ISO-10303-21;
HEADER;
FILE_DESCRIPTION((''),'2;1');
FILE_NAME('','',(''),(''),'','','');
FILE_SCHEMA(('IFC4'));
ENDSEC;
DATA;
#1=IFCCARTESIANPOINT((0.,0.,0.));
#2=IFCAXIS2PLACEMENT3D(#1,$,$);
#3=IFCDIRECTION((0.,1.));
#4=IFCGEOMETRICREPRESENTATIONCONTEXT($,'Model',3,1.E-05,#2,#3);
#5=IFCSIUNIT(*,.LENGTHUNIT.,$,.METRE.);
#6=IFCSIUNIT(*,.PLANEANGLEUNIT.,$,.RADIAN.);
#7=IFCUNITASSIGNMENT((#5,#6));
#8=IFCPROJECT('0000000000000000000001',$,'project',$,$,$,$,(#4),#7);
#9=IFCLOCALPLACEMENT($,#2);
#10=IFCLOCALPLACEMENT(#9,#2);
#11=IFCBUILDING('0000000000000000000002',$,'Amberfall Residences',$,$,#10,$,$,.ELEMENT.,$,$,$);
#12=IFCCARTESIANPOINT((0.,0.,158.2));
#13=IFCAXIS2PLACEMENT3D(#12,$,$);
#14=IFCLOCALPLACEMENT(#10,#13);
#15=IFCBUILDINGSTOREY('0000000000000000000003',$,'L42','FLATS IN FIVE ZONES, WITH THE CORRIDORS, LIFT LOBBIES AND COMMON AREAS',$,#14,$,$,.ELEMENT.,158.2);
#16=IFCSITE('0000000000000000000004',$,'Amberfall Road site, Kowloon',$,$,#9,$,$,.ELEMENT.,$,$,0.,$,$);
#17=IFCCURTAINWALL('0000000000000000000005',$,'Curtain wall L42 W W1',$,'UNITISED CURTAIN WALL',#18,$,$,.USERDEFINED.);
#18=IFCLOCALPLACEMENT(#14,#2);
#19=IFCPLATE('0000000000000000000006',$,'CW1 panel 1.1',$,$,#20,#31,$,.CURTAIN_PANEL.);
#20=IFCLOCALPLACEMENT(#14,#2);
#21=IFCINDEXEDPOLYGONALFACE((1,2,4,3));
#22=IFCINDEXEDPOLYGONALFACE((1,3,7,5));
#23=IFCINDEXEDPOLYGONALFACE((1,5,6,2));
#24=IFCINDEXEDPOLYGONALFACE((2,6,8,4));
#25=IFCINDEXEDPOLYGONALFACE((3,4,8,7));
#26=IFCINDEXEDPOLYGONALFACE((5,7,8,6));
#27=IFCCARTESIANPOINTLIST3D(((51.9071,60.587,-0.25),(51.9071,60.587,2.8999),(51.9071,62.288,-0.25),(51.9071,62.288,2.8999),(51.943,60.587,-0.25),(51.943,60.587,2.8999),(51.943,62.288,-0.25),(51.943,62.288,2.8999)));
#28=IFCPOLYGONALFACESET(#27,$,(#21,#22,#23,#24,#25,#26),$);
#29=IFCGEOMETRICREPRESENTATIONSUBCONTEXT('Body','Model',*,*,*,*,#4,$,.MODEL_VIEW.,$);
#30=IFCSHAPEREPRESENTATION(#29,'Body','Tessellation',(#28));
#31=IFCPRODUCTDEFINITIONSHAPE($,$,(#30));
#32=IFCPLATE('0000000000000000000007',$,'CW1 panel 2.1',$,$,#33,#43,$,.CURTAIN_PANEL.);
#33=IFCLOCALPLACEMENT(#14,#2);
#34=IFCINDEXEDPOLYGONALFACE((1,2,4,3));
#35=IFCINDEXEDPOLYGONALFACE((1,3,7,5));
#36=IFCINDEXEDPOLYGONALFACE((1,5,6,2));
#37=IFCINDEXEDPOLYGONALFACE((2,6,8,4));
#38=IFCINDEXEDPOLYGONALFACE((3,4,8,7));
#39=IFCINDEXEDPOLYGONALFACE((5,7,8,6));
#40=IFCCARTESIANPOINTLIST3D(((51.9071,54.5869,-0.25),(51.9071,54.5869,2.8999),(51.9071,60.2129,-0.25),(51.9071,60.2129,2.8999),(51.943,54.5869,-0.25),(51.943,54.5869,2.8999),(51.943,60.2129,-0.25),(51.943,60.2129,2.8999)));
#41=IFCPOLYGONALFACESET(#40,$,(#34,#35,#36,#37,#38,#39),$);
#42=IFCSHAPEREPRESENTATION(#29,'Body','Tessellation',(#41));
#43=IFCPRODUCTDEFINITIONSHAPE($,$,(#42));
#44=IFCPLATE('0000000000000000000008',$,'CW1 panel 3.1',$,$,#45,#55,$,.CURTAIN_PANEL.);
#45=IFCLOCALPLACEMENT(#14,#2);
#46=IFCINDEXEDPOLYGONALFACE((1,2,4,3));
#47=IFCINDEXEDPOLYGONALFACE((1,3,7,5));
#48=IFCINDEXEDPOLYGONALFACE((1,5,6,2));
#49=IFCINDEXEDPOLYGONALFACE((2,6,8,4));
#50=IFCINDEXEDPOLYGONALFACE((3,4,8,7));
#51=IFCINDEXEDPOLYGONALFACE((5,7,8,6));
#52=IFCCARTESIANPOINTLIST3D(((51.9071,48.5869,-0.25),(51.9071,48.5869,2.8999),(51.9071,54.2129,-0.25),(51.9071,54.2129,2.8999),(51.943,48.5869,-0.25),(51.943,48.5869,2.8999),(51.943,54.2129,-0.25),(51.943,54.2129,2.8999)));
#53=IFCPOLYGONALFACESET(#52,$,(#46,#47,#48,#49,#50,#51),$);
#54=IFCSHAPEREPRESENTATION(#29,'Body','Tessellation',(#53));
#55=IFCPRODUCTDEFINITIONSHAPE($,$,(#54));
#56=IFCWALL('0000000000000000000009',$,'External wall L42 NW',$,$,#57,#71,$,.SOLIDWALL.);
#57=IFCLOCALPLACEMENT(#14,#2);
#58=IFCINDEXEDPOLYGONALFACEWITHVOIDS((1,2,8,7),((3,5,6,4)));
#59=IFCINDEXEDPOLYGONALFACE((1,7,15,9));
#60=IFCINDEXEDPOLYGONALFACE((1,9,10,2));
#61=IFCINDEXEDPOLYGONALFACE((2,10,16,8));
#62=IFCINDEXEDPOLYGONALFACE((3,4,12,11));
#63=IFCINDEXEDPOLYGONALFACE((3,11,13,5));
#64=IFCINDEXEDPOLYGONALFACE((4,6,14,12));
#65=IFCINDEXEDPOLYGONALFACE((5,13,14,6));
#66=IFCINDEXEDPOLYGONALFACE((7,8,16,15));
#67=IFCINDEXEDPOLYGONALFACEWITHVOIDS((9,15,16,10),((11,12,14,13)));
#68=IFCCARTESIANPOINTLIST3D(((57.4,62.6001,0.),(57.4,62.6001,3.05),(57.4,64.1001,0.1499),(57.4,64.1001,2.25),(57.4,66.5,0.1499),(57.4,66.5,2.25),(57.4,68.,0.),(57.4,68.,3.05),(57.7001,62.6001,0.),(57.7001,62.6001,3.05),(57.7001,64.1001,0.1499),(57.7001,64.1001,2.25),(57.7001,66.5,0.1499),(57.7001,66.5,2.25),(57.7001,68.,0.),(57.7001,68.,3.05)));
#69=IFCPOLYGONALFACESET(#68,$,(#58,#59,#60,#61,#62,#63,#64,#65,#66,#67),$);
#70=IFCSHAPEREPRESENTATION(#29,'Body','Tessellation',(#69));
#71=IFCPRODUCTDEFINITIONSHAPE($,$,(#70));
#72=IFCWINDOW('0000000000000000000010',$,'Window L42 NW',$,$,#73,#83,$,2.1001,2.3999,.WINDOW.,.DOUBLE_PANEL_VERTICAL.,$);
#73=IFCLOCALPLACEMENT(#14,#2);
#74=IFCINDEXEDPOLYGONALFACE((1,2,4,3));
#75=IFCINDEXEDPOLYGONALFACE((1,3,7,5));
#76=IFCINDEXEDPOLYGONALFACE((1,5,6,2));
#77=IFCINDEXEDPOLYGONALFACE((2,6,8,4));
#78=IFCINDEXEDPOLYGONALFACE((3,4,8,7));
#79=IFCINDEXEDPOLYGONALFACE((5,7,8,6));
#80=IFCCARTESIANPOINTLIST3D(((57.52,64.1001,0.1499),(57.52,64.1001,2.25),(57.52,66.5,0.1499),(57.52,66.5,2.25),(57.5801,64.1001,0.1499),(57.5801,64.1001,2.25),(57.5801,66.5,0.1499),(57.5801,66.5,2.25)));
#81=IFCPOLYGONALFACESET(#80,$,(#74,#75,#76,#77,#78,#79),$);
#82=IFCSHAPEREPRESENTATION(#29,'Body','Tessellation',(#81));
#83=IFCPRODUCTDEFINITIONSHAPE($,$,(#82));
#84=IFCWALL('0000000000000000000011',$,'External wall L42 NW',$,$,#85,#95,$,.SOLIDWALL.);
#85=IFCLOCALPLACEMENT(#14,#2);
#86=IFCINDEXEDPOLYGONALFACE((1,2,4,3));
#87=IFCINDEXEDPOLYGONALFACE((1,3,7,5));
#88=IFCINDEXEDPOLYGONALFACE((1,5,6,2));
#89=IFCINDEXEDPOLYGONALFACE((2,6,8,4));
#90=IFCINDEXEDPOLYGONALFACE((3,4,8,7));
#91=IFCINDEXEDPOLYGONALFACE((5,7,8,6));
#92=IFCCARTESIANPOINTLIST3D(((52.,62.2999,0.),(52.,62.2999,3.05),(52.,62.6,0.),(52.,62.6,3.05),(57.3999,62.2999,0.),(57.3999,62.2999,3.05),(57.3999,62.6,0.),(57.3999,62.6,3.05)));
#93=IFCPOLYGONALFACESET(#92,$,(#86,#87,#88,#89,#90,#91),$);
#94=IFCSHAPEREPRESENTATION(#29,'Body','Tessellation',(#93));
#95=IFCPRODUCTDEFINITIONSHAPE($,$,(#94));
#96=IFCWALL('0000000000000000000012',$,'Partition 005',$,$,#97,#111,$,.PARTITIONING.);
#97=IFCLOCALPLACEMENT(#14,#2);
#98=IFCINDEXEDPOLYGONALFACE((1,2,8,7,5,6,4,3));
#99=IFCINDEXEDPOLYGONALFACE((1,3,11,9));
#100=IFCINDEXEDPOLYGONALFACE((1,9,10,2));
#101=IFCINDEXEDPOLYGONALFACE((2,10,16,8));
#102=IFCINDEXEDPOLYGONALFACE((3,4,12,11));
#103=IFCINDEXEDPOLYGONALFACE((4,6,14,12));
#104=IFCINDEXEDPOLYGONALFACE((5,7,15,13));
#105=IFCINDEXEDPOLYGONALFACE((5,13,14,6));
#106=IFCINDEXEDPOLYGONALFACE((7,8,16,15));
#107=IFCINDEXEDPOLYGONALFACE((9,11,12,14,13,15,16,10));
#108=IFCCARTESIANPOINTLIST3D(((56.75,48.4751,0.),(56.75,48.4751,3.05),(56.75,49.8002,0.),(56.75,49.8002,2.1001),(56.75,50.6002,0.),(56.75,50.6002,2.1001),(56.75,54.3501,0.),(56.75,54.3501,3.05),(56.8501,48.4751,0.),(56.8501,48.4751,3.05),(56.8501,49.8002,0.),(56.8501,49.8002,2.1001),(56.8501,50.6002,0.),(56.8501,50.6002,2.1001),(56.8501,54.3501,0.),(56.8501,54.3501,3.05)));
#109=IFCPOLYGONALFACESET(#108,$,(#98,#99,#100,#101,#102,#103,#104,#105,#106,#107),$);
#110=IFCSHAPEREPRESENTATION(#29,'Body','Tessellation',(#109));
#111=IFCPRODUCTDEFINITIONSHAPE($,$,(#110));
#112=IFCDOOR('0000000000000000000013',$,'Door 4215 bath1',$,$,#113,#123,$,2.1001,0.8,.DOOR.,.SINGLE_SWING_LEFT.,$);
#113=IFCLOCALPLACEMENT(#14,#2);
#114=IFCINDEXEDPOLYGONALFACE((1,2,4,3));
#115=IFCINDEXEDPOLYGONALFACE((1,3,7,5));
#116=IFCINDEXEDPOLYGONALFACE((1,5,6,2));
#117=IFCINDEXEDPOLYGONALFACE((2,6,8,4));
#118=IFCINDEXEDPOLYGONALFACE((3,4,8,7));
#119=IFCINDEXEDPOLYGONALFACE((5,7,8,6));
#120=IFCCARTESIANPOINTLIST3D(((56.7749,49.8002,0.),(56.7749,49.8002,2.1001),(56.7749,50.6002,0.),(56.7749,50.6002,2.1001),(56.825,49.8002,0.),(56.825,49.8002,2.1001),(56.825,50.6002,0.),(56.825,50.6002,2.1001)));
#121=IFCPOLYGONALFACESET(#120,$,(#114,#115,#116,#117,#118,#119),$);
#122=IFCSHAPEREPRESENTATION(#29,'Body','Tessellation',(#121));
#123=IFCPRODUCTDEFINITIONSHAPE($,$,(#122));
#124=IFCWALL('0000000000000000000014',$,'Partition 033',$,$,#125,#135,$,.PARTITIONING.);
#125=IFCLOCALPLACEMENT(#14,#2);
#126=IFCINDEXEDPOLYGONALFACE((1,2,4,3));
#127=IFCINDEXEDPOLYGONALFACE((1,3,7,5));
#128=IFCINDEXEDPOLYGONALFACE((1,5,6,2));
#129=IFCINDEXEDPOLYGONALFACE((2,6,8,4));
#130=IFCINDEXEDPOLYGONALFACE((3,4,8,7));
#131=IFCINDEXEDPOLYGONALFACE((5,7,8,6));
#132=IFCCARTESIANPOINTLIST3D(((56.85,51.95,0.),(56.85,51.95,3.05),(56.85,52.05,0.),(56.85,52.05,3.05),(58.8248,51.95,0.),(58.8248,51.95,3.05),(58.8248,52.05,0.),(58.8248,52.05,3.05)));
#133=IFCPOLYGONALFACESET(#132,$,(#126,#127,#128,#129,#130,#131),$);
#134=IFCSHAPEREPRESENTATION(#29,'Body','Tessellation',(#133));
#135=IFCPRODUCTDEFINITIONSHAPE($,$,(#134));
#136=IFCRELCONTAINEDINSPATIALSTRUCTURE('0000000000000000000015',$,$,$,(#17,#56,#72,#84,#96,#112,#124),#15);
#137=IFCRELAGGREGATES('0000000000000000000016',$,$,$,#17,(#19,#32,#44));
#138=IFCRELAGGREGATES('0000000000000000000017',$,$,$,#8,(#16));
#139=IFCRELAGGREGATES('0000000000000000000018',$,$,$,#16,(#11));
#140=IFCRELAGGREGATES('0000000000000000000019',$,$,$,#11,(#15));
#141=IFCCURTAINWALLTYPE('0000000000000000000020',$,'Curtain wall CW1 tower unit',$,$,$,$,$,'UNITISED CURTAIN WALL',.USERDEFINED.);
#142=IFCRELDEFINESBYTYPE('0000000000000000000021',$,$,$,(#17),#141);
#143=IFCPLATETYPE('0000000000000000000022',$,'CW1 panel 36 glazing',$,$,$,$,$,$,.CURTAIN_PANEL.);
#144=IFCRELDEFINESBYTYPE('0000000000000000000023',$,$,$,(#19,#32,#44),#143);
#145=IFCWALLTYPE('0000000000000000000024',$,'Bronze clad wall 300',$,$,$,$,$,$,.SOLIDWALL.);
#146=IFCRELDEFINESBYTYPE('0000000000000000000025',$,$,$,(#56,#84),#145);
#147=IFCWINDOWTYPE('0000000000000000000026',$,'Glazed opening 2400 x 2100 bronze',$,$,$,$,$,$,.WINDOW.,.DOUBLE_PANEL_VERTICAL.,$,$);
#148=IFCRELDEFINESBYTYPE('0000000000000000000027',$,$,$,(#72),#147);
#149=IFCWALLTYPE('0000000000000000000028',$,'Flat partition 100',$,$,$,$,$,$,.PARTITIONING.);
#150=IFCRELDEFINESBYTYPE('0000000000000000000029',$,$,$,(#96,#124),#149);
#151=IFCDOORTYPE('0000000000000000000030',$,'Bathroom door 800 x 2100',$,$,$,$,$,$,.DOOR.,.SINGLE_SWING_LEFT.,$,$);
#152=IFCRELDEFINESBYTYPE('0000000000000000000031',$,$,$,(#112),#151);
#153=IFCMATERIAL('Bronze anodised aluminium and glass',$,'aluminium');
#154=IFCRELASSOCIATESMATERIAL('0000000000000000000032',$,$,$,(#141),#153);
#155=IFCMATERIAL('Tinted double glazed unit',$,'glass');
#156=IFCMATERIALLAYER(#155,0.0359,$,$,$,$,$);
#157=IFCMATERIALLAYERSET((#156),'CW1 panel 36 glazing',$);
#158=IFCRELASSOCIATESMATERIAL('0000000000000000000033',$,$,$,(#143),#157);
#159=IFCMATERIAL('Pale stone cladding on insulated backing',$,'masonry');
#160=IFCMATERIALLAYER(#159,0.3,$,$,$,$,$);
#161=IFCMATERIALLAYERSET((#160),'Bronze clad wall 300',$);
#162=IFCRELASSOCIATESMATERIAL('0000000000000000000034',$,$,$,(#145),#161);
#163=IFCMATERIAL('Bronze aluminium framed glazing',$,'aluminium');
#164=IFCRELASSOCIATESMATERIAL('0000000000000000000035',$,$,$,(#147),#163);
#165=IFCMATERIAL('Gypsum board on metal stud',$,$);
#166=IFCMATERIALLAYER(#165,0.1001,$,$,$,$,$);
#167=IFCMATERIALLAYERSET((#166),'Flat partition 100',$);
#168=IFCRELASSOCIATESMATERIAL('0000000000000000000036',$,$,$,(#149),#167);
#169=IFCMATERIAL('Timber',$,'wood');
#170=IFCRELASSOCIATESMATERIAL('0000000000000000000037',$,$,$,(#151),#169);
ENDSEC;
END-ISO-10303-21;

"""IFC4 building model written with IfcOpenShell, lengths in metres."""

from ifc_helpers import new_model, si_unit, direction, frame, frame_2d, origin, origin_2d, place, context, subcontext, project, spatial, rectangle, extrude, material, layer, layer_set, type_object, element, fill, aggregate, save


model = new_model("IFC4")

# Units and contexts
model_context = context("Model", 3, precision=1e-05, world=origin(), true_north=direction((0.0, 1.0)))
body_context = subcontext(model_context, "Body", "Model", "MODEL_VIEW")
ifc_project = project(units=[si_unit("LENGTHUNIT", "METRE"), si_unit("PLANEANGLEUNIT", "RADIAN")], contexts=[model_context])

# Site, building, storey
site_placement = place(None, origin())
site = spatial("IfcSite", under=ifc_project, at=site_placement, Name="Amberfall Road site, Kowloon", CompositionType="ELEMENT", RefElevation=0.0)
building_placement = place(site_placement, origin())
building = spatial("IfcBuilding", under=site, at=building_placement, Name="Amberfall Residences", CompositionType="ELEMENT")
storey_placement = place(building_placement, frame((0.0, 0.0, 158.2)))
storey = spatial("IfcBuildingStorey", under=building, at=storey_placement, Name="L42", Description="FLATS IN FIVE ZONES, WITH THE CORRIDORS, LIFT LOBBIES AND COMMON AREAS", CompositionType="ELEMENT", Elevation=158.2)

# Curtain wall
ifc_material_1 = material(Name="Bronze anodised aluminium and glass", Category="aluminium")
curtain_wall_type = type_object("IfcCurtainWallType", Name="Curtain wall CW1 tower unit", ElementType="UNITISED CURTAIN WALL", PredefinedType="USERDEFINED", material=ifc_material_1)
curtain_wall_1_placement = place(storey_placement, origin())
curtain_wall_1 = element("IfcCurtainWall", 1, at=curtain_wall_1_placement, inside=storey, type_object=curtain_wall_type, Name="Curtain wall L42 W W1", ObjectType="UNITISED CURTAIN WALL", PredefinedType="USERDEFINED")

# Plates
ifc_material_2 = material(Name="Tinted double glazed unit", Category="glass")
ifc_layer_1 = layer(ifc_material_2, 0.0359)
ifc_layer_set_1 = layer_set([ifc_layer_1], Name="CW1 panel 36 glazing")
plate_type = type_object("IfcPlateType", Name="CW1 panel 36 glazing", PredefinedType="CURTAIN_PANEL", material=ifc_layer_set_1)
plate_1_placement = place(storey_placement, frame((51.925, 61.4375, -0.25), z_axis=(0.0, 0.0, 1.0), x_axis=(0.0, -1.0, 0.0)))
plate_1 = element("IfcPlate", 2, at=plate_1_placement, type_object=plate_type, Name="CW1 panel 1.1", PredefinedType="CURTAIN_PANEL", context=body_context, shape_type="SweptSolid", body=[
    extrude(rectangle(XDim=1.7009, YDim=0.0359, at=origin_2d()), origin(), (0.0, 0.0, 1.0), 3.1499),
])
plate_2_placement = place(storey_placement, frame((51.925, 57.3999, -0.25), z_axis=(0.0, 0.0, 1.0), x_axis=(0.0, -1.0, 0.0)))
plate_2 = element("IfcPlate", 3, at=plate_2_placement, type_object=plate_type, Name="CW1 panel 2.1", PredefinedType="CURTAIN_PANEL", context=body_context, shape_type="SweptSolid", body=[
    extrude(rectangle(XDim=5.626, YDim=0.0359, at=origin_2d()), origin(), (0.0, 0.0, 1.0), 3.1499),
])
plate_3_placement = place(storey_placement, frame((51.925, 51.3999, -0.25), z_axis=(0.0, 0.0, 1.0), x_axis=(0.0, -1.0, 0.0)))
plate_3 = element("IfcPlate", 4, at=plate_3_placement, type_object=plate_type, Name="CW1 panel 3.1", PredefinedType="CURTAIN_PANEL", context=body_context, shape_type="SweptSolid", body=[
    extrude(rectangle(XDim=5.626, YDim=0.0359, at=origin_2d()), origin(), (0.0, 0.0, 1.0), 3.1499),
])
aggregate(curtain_wall_1, [plate_1, plate_2, plate_3])

# Wall, opening, window
ifc_material_3 = material(Name="Pale stone cladding on insulated backing", Category="masonry")
ifc_layer_2 = layer(ifc_material_3, 0.3)
ifc_layer_set_2 = layer_set([ifc_layer_2], Name="Bronze clad wall 300")
wall_type_1 = type_object("IfcWallType", Name="Bronze clad wall 300", PredefinedType="SOLIDWALL", material=ifc_layer_set_2)
wall_1_placement = place(storey_placement, frame((57.55, 68.0, 0.0), z_axis=(0.0, 0.0, 1.0), x_axis=(0.0, -1.0, 0.0)))
wall_1 = element("IfcWall", 5, at=wall_1_placement, inside=storey, type_object=wall_type_1, Name="External wall L42 NW", PredefinedType="SOLIDWALL", context=body_context, shape_type="SweptSolid", body=[
    extrude(rectangle(XDim=5.3999, YDim=0.3, at=frame_2d((2.7, 0.0))), origin(), (0.0, 0.0, 1.0), 3.05),
])
opening_1_placement = place(wall_1_placement, frame((1.5, 0.0, 0.1499)))
opening_1 = element("IfcOpeningElement", 6, at=opening_1_placement, cuts=wall_1, PredefinedType="OPENING", context=body_context, shape_type="SweptSolid", body=[
    extrude(rectangle(XDim=2.3999, YDim=2.1001, at=frame_2d((1.2, 1.05))), frame((0.0, 0.1599, 0.0), z_axis=(0.0, -1.0, 0.0), x_axis=(1.0, 0.0, 0.0)), (0.0, 0.0, 1.0), 0.3201),
])
ifc_material_4 = material(Name="Bronze aluminium framed glazing", Category="aluminium")
window_type = type_object("IfcWindowType", Name="Glazed opening 2400 x 2100 bronze", PartitioningType="DOUBLE_PANEL_VERTICAL", PredefinedType="WINDOW", material=ifc_material_4)
window_placement = place(opening_1_placement, origin())
window = element("IfcWindow", 7, at=window_placement, inside=storey, type_object=window_type, Name="Window L42 NW", OverallHeight=2.1001, OverallWidth=2.3999, PartitioningType="DOUBLE_PANEL_VERTICAL", PredefinedType="WINDOW", context=body_context, shape_type="SweptSolid", body=[
    extrude(rectangle(XDim=2.3999, YDim=2.1001, at=frame_2d((1.2, 1.05))), frame((0.0, 0.03, 0.0), z_axis=(0.0, -1.0, 0.0), x_axis=(1.0, 0.0, 0.0)), (0.0, 0.0, 1.0), 0.0601),
])
fill(opening_1, window)

# Wall
wall_2_placement = place(storey_placement, frame((57.3999, 62.45, 0.0), z_axis=(0.0, 0.0, 1.0), x_axis=(-1.0, 0.0, 0.0)))
element("IfcWall", 8, at=wall_2_placement, inside=storey, type_object=wall_type_1, Name="External wall L42 NW", PredefinedType="SOLIDWALL", context=body_context, shape_type="SweptSolid", body=[
    extrude(rectangle(XDim=5.3999, YDim=0.3, at=frame_2d((2.7, 0.0))), origin(), (0.0, 0.0, 1.0), 3.05),
])

# Wall, opening, door
ifc_material_5 = material(Name="Gypsum board on metal stud")
ifc_layer_3 = layer(ifc_material_5, 0.1001)
ifc_layer_set_3 = layer_set([ifc_layer_3], Name="Flat partition 100")
wall_type_2 = type_object("IfcWallType", Name="Flat partition 100", PredefinedType="PARTITIONING", material=ifc_layer_set_3)
wall_3_placement = place(storey_placement, frame((56.8, 54.3501, 0.0), z_axis=(0.0, 0.0, 1.0), x_axis=(0.0, -1.0, 0.0)))
wall_3 = element("IfcWall", 9, at=wall_3_placement, inside=storey, type_object=wall_type_2, Name="Partition 005", PredefinedType="PARTITIONING", context=body_context, shape_type="SweptSolid", body=[
    extrude(rectangle(XDim=5.875, YDim=0.1001, at=frame_2d((2.9375, 0.0))), origin(), (0.0, 0.0, 1.0), 3.05),
])
opening_2_placement = place(wall_3_placement, frame((3.75, 0.0, 0.0)))
opening_2 = element("IfcOpeningElement", 10, at=opening_2_placement, cuts=wall_3, PredefinedType="OPENING", context=body_context, shape_type="SweptSolid", body=[
    extrude(rectangle(XDim=0.8, YDim=2.1001, at=frame_2d((0.3999, 1.05))), frame((0.0, 0.0601, 0.0), z_axis=(0.0, -1.0, 0.0), x_axis=(1.0, 0.0, 0.0)), (0.0, 0.0, 1.0), 0.1201),
])
ifc_material_6 = material(Name="Timber", Category="wood")
door_type = type_object("IfcDoorType", Name="Bathroom door 800 x 2100", OperationType="SINGLE_SWING_LEFT", PredefinedType="DOOR", material=ifc_material_6)
door_placement = place(opening_2_placement, origin())
door = element("IfcDoor", 11, at=door_placement, inside=storey, type_object=door_type, Name="Door 4215 bath1", OperationType="SINGLE_SWING_LEFT", OverallHeight=2.1001, OverallWidth=0.8, PredefinedType="DOOR", context=body_context, shape_type="SweptSolid", body=[
    extrude(rectangle(XDim=0.8, YDim=2.1001, at=frame_2d((0.3999, 1.05))), frame((0.0, 0.0249, 0.0), z_axis=(0.0, -1.0, 0.0), x_axis=(1.0, 0.0, 0.0)), (0.0, 0.0, 1.0), 0.05),
])
fill(opening_2, door)

# Wall
wall_4_placement = place(storey_placement, frame((56.8501, 52.0, 0.0), z_axis=(0.0, 0.0, 1.0), x_axis=(1.0, 0.0, 0.0)))
element("IfcWall", 12, at=wall_4_placement, inside=storey, type_object=wall_type_2, Name="Partition 033", PredefinedType="PARTITIONING", context=body_context, shape_type="SweptSolid", body=[
    extrude(rectangle(XDim=1.9749, YDim=0.1001, at=frame_2d((0.9873, 0.0))), origin(), (0.0, 0.0, 1.0), 3.05),
])

save(model, "model.ifc")
